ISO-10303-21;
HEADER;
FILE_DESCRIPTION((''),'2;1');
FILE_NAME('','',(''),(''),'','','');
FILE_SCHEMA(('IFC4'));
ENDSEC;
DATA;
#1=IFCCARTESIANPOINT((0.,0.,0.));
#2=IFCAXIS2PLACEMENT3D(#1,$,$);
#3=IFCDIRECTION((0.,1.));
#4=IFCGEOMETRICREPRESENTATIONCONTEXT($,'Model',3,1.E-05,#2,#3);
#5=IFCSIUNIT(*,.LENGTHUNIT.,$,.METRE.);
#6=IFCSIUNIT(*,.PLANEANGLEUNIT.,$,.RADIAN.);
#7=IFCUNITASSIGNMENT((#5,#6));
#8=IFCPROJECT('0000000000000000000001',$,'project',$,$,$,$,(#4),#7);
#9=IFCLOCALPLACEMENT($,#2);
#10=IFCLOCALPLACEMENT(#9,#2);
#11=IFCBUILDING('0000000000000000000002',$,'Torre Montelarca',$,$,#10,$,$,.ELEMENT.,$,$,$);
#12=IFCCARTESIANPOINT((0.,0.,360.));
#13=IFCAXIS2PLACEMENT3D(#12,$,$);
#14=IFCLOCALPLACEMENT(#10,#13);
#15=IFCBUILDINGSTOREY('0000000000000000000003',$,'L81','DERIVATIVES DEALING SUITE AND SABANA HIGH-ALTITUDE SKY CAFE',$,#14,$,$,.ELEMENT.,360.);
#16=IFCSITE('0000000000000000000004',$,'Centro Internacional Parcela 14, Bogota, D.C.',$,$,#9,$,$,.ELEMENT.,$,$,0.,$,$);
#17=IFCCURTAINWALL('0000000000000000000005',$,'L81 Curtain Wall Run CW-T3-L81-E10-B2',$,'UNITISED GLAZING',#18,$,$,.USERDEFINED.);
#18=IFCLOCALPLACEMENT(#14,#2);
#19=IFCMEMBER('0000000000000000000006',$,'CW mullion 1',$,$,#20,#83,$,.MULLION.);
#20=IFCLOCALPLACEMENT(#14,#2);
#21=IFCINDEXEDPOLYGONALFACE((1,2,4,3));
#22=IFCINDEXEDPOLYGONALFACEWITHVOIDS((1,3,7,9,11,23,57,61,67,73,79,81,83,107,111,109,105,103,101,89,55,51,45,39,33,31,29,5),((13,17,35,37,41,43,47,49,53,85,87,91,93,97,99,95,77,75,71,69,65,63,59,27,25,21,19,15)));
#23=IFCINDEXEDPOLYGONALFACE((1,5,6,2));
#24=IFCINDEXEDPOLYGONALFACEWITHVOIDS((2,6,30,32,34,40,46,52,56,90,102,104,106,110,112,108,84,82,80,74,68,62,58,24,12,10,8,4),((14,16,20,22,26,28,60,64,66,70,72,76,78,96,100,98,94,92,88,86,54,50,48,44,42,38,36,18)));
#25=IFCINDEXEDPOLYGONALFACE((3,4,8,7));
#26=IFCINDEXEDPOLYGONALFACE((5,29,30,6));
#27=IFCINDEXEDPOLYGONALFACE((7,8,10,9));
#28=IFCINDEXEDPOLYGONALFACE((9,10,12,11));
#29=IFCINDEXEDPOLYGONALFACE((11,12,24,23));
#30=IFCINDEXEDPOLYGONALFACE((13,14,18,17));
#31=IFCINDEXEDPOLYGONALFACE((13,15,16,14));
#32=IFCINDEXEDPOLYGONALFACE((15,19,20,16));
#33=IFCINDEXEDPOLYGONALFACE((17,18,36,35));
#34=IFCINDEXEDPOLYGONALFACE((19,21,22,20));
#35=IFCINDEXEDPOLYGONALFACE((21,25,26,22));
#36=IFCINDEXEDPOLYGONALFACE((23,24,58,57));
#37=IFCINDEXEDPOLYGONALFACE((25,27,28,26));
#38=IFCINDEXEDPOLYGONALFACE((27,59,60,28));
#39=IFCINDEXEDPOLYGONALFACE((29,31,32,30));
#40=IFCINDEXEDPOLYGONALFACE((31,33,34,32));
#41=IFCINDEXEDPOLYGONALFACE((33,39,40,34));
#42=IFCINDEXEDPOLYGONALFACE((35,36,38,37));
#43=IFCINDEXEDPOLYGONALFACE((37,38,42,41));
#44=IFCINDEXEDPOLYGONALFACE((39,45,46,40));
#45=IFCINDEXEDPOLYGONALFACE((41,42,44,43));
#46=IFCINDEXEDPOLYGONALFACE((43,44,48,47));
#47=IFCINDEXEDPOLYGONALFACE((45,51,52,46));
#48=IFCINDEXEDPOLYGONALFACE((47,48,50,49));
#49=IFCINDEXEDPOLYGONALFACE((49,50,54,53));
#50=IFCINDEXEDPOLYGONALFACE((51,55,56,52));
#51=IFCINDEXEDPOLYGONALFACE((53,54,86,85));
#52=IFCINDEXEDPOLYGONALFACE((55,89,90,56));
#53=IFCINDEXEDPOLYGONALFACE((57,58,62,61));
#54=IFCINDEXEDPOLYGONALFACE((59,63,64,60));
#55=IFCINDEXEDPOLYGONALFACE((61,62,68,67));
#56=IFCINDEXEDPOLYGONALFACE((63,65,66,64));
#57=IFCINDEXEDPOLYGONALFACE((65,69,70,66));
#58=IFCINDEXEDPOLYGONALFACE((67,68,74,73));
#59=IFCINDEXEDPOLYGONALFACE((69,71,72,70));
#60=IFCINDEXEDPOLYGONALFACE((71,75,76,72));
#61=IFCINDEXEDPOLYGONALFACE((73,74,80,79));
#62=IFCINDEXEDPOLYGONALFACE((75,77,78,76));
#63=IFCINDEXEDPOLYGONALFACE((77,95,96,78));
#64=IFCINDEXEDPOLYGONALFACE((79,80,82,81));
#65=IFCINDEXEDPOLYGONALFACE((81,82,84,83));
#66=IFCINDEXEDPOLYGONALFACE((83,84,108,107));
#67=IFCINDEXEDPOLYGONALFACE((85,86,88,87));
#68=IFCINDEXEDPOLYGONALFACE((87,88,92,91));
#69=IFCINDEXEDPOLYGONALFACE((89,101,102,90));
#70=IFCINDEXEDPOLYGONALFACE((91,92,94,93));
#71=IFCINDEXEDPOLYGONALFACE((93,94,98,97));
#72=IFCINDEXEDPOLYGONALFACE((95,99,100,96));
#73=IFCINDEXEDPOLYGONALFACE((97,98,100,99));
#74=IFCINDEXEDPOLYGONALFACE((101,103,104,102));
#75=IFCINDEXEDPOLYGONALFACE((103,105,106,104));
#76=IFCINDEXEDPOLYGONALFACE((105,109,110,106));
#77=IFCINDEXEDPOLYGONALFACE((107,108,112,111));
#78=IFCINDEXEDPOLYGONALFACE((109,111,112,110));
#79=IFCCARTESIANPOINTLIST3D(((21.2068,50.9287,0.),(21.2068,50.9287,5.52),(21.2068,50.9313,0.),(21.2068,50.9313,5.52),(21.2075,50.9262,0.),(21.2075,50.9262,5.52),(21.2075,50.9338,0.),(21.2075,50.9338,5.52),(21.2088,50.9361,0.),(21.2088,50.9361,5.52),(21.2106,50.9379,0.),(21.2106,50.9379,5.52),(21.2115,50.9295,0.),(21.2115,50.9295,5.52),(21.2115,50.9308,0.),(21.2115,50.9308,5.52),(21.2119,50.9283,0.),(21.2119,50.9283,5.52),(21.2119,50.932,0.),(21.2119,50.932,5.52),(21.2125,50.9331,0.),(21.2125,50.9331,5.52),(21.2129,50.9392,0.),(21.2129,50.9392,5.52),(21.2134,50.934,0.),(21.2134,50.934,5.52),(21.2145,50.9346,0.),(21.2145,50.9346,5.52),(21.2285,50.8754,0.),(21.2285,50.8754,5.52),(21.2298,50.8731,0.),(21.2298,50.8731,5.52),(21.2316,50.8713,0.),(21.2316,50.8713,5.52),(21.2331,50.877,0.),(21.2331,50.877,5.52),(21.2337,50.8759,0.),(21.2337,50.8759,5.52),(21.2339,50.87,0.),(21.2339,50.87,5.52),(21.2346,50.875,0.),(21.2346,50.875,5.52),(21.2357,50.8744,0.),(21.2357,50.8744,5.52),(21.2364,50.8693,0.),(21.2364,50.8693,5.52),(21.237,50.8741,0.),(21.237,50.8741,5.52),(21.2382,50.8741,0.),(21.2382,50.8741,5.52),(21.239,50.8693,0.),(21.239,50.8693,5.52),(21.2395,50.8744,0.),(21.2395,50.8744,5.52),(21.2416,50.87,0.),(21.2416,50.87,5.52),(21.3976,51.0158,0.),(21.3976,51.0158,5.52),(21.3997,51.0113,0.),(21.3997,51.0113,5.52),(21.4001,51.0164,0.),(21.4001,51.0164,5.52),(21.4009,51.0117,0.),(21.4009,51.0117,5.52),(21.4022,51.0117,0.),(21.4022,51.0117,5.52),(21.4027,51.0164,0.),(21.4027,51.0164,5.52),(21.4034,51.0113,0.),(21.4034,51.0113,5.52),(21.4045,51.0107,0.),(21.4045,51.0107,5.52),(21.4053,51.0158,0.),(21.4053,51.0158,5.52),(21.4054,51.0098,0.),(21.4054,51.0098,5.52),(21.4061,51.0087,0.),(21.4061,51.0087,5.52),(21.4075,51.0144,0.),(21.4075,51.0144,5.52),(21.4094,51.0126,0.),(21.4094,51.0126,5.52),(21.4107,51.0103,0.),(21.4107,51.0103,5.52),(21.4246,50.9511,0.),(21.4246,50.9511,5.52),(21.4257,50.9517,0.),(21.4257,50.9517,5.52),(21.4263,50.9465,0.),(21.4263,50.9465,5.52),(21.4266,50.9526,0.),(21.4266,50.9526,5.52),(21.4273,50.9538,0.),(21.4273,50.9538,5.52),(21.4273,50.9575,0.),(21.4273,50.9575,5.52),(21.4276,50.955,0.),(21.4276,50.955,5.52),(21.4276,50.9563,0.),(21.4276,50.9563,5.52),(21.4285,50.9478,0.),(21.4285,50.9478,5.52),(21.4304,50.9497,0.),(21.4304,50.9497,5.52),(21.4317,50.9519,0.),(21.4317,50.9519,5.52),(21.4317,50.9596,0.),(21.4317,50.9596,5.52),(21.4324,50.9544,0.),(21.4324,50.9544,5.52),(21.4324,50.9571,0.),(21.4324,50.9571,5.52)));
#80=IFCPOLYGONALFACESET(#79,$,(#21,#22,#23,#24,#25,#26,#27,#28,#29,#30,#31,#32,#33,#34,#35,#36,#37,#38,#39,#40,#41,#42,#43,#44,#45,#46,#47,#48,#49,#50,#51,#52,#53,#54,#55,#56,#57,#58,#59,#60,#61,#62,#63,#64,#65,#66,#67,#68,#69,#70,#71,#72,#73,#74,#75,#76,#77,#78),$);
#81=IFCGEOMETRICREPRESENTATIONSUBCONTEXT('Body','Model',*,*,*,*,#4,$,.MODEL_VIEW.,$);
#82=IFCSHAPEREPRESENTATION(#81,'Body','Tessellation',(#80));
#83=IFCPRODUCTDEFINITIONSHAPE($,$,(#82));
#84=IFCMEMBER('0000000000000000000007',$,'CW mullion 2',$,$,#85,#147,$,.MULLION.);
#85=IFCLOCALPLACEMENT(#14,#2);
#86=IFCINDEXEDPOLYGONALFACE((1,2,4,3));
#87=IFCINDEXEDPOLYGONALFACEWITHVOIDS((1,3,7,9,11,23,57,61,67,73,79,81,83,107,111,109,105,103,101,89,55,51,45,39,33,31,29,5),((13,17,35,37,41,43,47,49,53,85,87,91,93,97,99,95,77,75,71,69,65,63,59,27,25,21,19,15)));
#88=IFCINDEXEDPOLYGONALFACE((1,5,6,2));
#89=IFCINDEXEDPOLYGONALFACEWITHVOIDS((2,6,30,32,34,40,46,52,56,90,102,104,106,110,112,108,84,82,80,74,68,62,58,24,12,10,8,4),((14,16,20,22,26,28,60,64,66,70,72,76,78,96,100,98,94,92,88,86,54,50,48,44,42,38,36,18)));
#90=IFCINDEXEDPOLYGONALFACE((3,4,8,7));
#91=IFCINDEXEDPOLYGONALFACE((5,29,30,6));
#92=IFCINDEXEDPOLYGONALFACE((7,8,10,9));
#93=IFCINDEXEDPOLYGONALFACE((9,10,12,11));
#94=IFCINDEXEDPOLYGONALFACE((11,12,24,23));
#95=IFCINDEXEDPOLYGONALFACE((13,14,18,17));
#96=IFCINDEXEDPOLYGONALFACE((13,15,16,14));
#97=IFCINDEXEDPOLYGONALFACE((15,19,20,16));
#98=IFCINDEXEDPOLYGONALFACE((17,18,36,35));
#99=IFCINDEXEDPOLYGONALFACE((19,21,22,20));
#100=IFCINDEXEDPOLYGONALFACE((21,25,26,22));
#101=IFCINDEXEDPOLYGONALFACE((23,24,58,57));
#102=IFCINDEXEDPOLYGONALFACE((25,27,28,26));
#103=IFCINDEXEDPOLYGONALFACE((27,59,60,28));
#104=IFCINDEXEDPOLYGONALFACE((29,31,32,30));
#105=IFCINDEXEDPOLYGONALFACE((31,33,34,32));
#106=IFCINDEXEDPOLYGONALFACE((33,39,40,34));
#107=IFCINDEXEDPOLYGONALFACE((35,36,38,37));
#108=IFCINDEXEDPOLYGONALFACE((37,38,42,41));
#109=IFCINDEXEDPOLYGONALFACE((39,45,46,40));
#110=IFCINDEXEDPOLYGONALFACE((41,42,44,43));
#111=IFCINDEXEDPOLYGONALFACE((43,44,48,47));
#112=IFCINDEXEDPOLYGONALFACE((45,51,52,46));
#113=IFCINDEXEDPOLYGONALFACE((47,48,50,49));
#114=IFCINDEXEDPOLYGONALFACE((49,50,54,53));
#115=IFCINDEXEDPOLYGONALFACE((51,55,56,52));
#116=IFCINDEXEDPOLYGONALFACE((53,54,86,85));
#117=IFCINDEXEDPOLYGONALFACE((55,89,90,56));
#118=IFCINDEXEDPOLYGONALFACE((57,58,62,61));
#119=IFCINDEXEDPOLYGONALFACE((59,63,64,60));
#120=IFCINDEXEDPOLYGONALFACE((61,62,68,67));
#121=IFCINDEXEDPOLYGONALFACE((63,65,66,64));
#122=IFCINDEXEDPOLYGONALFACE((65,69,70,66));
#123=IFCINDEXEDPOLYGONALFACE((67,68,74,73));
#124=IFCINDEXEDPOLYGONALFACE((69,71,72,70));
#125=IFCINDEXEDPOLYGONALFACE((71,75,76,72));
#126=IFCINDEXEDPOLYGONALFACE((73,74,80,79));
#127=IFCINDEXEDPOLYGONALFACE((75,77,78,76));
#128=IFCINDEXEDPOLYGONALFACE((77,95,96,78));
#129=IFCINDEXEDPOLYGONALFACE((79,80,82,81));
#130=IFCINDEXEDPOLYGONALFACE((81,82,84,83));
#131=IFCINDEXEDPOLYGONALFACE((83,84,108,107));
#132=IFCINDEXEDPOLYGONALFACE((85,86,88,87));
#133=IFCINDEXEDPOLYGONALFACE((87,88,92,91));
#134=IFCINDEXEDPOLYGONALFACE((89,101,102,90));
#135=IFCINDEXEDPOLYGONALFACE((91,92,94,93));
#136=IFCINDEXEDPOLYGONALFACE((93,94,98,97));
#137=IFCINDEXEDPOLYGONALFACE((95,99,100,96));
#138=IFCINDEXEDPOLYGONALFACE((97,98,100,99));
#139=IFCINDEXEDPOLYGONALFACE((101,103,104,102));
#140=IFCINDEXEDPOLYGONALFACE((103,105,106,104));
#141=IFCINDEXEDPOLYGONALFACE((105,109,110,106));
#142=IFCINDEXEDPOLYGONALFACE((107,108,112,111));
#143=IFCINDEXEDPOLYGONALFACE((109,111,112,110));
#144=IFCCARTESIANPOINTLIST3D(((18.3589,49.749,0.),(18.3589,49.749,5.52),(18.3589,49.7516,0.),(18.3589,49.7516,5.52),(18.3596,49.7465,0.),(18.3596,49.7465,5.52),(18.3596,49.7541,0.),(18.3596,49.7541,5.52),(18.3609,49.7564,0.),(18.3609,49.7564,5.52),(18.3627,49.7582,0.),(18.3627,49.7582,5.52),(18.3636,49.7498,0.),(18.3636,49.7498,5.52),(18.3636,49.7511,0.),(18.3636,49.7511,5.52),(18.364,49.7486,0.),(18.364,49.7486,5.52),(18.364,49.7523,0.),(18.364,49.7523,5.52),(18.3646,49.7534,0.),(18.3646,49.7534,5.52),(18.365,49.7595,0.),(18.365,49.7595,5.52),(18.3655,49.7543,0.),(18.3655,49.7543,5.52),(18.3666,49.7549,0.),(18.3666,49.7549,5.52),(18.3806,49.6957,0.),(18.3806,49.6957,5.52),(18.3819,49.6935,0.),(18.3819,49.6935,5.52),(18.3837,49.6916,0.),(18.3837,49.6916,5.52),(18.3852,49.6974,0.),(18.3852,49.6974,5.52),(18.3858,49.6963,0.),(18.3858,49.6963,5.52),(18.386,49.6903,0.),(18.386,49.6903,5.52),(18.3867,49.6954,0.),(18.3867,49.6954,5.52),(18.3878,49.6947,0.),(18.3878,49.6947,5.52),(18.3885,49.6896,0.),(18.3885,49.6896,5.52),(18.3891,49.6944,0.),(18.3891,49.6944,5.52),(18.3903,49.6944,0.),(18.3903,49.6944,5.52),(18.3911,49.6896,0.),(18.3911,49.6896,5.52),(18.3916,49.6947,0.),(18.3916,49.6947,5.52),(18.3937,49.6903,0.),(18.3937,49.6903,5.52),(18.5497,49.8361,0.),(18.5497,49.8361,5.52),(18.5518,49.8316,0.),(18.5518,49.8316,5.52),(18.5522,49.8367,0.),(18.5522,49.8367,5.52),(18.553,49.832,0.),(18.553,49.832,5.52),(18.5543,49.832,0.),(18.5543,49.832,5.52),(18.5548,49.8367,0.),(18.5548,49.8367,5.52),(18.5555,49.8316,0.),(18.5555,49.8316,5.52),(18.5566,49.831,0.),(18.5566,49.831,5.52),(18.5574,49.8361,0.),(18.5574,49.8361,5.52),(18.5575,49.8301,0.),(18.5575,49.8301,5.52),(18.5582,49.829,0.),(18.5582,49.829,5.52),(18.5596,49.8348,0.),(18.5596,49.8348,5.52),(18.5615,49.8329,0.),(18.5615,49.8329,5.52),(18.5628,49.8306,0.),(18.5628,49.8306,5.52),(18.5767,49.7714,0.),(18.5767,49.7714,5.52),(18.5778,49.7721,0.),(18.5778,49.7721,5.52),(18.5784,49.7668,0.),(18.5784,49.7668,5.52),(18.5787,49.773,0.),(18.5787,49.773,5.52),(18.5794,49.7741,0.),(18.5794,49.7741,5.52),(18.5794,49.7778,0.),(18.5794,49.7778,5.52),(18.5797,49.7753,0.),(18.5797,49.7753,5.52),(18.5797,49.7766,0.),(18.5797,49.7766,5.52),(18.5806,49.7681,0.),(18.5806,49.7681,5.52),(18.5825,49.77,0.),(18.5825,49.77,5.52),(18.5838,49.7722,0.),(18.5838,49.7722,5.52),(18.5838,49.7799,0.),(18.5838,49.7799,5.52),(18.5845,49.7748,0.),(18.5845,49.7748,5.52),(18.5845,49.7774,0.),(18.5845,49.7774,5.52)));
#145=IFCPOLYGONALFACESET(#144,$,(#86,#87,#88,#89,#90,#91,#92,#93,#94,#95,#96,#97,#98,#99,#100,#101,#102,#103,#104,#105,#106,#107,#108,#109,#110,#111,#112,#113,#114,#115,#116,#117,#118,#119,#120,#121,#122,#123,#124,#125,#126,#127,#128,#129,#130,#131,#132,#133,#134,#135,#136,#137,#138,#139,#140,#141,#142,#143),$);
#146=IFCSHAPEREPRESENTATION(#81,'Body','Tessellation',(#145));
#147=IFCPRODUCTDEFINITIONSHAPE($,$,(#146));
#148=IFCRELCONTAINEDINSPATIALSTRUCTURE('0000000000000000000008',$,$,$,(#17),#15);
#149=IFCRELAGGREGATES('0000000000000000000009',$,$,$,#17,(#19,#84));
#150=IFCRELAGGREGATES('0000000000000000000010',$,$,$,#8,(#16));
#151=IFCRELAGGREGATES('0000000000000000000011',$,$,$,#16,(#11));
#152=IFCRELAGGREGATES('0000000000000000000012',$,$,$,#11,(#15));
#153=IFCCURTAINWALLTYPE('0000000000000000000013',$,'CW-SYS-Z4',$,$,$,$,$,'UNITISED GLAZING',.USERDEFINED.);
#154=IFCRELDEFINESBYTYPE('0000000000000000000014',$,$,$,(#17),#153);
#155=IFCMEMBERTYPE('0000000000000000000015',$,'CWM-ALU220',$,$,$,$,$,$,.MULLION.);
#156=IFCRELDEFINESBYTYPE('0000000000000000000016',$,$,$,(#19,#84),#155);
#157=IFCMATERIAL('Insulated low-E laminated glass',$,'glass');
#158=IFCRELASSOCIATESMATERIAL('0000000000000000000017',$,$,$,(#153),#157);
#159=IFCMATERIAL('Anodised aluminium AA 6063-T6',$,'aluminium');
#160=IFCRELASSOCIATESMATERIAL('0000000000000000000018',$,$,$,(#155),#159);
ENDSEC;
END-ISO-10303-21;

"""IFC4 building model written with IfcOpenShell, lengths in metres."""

from ifc_helpers import new_model, si_unit, direction, frame, origin, origin_2d, place, context, subcontext, project, spatial, hollow_rectangle, extrude, source, transform, mapped, material, material_profile, profile_set, type_object, element, aggregate, save


model = new_model("IFC4")

# Units and contexts
model_context = context("Model", 3, precision=1e-05, world=origin(), true_north=direction((0.0, 1.0)))
body_context = subcontext(model_context, "Body", "Model", "MODEL_VIEW")
ifc_project = project(units=[si_unit("LENGTHUNIT", "METRE"), si_unit("PLANEANGLEUNIT", "RADIAN")], contexts=[model_context])

# Site, building, storey
site_placement = place(None, origin())
site = spatial("IfcSite", under=ifc_project, at=site_placement, Name="Centro Internacional Parcela 14, Bogota, D.C.", CompositionType="ELEMENT", RefElevation=0.0)
building_placement = place(site_placement, origin())
building = spatial("IfcBuilding", under=site, at=building_placement, Name="Torre Montelarca", CompositionType="ELEMENT")
storey_placement = place(building_placement, frame((0.0, 0.0, 360.0)))
storey = spatial("IfcBuildingStorey", under=building, at=storey_placement, Name="L81", Description="DERIVATIVES DEALING SUITE AND SABANA HIGH-ALTITUDE SKY CAFE", CompositionType="ELEMENT", Elevation=360.0)

# Curtain wall, members
ifc_material_1 = material(Name="Insulated low-E laminated glass", Category="glass")
curtain_wall_type = type_object("IfcCurtainWallType", Name="CW-SYS-Z4", ElementType="UNITISED GLAZING", PredefinedType="USERDEFINED", material=ifc_material_1)
ifc_material_2 = material(Name="Anodised aluminium AA 6063-T6", Category="aluminium")
ifc_material_profile_1 = material_profile(ifc_material_2, hollow_rectangle(XDim=0.075, YDim=0.22, WallThickness=0.0049, InnerFilletRadius=0.0049, OuterFilletRadius=0.01, at=origin_2d()), Name="ALU75X220X5", Category="aluminium")
ifc_profile_set_1 = profile_set([ifc_material_profile_1], Name="Anodised aluminium AA 6063-T6")
member_type_1 = type_object("IfcMemberType", Name="CWM-ALU220", PredefinedType="MULLION", material=ifc_profile_set_1)
shared_shape_1 = source(origin(), body_context, "Body", "SweptSolid", [
    extrude(hollow_rectangle(XDim=0.075, YDim=0.22, WallThickness=0.0049, InnerFilletRadius=0.0049, OuterFilletRadius=0.01, at=origin_2d()), origin(), (0.0, 0.0, 1.0), 5.52),
])
curtain_wall_1_placement = place(storey_placement, origin())
curtain_wall_1 = element("IfcCurtainWall", 1, at=curtain_wall_1_placement, inside=storey, type_object=curtain_wall_type, Name="L81 Curtain Wall Run CW-T3-L81-E10-B2", ObjectType="UNITISED GLAZING", PredefinedType="USERDEFINED")
member_1_placement = place(storey_placement, frame((21.3196, 50.9429, 0.0), z_axis=(0.0, 0.0, 1.0), x_axis=(0.382678, -0.923882, 0.0)))
member_1 = element("IfcMember", 2, at=member_1_placement, type_object=member_type_1, Name="CW mullion 1", PredefinedType="MULLION", context=body_context, shape_type="MappedRepresentation", body=[
    mapped(shared_shape_1, transform((0.0, 0.0, 0.0), scale=1.0)),
])
member_2_placement = place(storey_placement, frame((18.4717, 49.7632, 0.0), z_axis=(0.0, 0.0, 1.0), x_axis=(0.382678, -0.923882, 0.0)))
member_2 = element("IfcMember", 3, at=member_2_placement, type_object=member_type_1, Name="CW mullion 2", PredefinedType="MULLION", context=body_context, shape_type="MappedRepresentation", body=[
    mapped(shared_shape_1, transform((0.0, 0.0, 0.0), scale=1.0)),
])

aggregate(curtain_wall_1, [member_1, member_2])

save(model, "model.ifc")
